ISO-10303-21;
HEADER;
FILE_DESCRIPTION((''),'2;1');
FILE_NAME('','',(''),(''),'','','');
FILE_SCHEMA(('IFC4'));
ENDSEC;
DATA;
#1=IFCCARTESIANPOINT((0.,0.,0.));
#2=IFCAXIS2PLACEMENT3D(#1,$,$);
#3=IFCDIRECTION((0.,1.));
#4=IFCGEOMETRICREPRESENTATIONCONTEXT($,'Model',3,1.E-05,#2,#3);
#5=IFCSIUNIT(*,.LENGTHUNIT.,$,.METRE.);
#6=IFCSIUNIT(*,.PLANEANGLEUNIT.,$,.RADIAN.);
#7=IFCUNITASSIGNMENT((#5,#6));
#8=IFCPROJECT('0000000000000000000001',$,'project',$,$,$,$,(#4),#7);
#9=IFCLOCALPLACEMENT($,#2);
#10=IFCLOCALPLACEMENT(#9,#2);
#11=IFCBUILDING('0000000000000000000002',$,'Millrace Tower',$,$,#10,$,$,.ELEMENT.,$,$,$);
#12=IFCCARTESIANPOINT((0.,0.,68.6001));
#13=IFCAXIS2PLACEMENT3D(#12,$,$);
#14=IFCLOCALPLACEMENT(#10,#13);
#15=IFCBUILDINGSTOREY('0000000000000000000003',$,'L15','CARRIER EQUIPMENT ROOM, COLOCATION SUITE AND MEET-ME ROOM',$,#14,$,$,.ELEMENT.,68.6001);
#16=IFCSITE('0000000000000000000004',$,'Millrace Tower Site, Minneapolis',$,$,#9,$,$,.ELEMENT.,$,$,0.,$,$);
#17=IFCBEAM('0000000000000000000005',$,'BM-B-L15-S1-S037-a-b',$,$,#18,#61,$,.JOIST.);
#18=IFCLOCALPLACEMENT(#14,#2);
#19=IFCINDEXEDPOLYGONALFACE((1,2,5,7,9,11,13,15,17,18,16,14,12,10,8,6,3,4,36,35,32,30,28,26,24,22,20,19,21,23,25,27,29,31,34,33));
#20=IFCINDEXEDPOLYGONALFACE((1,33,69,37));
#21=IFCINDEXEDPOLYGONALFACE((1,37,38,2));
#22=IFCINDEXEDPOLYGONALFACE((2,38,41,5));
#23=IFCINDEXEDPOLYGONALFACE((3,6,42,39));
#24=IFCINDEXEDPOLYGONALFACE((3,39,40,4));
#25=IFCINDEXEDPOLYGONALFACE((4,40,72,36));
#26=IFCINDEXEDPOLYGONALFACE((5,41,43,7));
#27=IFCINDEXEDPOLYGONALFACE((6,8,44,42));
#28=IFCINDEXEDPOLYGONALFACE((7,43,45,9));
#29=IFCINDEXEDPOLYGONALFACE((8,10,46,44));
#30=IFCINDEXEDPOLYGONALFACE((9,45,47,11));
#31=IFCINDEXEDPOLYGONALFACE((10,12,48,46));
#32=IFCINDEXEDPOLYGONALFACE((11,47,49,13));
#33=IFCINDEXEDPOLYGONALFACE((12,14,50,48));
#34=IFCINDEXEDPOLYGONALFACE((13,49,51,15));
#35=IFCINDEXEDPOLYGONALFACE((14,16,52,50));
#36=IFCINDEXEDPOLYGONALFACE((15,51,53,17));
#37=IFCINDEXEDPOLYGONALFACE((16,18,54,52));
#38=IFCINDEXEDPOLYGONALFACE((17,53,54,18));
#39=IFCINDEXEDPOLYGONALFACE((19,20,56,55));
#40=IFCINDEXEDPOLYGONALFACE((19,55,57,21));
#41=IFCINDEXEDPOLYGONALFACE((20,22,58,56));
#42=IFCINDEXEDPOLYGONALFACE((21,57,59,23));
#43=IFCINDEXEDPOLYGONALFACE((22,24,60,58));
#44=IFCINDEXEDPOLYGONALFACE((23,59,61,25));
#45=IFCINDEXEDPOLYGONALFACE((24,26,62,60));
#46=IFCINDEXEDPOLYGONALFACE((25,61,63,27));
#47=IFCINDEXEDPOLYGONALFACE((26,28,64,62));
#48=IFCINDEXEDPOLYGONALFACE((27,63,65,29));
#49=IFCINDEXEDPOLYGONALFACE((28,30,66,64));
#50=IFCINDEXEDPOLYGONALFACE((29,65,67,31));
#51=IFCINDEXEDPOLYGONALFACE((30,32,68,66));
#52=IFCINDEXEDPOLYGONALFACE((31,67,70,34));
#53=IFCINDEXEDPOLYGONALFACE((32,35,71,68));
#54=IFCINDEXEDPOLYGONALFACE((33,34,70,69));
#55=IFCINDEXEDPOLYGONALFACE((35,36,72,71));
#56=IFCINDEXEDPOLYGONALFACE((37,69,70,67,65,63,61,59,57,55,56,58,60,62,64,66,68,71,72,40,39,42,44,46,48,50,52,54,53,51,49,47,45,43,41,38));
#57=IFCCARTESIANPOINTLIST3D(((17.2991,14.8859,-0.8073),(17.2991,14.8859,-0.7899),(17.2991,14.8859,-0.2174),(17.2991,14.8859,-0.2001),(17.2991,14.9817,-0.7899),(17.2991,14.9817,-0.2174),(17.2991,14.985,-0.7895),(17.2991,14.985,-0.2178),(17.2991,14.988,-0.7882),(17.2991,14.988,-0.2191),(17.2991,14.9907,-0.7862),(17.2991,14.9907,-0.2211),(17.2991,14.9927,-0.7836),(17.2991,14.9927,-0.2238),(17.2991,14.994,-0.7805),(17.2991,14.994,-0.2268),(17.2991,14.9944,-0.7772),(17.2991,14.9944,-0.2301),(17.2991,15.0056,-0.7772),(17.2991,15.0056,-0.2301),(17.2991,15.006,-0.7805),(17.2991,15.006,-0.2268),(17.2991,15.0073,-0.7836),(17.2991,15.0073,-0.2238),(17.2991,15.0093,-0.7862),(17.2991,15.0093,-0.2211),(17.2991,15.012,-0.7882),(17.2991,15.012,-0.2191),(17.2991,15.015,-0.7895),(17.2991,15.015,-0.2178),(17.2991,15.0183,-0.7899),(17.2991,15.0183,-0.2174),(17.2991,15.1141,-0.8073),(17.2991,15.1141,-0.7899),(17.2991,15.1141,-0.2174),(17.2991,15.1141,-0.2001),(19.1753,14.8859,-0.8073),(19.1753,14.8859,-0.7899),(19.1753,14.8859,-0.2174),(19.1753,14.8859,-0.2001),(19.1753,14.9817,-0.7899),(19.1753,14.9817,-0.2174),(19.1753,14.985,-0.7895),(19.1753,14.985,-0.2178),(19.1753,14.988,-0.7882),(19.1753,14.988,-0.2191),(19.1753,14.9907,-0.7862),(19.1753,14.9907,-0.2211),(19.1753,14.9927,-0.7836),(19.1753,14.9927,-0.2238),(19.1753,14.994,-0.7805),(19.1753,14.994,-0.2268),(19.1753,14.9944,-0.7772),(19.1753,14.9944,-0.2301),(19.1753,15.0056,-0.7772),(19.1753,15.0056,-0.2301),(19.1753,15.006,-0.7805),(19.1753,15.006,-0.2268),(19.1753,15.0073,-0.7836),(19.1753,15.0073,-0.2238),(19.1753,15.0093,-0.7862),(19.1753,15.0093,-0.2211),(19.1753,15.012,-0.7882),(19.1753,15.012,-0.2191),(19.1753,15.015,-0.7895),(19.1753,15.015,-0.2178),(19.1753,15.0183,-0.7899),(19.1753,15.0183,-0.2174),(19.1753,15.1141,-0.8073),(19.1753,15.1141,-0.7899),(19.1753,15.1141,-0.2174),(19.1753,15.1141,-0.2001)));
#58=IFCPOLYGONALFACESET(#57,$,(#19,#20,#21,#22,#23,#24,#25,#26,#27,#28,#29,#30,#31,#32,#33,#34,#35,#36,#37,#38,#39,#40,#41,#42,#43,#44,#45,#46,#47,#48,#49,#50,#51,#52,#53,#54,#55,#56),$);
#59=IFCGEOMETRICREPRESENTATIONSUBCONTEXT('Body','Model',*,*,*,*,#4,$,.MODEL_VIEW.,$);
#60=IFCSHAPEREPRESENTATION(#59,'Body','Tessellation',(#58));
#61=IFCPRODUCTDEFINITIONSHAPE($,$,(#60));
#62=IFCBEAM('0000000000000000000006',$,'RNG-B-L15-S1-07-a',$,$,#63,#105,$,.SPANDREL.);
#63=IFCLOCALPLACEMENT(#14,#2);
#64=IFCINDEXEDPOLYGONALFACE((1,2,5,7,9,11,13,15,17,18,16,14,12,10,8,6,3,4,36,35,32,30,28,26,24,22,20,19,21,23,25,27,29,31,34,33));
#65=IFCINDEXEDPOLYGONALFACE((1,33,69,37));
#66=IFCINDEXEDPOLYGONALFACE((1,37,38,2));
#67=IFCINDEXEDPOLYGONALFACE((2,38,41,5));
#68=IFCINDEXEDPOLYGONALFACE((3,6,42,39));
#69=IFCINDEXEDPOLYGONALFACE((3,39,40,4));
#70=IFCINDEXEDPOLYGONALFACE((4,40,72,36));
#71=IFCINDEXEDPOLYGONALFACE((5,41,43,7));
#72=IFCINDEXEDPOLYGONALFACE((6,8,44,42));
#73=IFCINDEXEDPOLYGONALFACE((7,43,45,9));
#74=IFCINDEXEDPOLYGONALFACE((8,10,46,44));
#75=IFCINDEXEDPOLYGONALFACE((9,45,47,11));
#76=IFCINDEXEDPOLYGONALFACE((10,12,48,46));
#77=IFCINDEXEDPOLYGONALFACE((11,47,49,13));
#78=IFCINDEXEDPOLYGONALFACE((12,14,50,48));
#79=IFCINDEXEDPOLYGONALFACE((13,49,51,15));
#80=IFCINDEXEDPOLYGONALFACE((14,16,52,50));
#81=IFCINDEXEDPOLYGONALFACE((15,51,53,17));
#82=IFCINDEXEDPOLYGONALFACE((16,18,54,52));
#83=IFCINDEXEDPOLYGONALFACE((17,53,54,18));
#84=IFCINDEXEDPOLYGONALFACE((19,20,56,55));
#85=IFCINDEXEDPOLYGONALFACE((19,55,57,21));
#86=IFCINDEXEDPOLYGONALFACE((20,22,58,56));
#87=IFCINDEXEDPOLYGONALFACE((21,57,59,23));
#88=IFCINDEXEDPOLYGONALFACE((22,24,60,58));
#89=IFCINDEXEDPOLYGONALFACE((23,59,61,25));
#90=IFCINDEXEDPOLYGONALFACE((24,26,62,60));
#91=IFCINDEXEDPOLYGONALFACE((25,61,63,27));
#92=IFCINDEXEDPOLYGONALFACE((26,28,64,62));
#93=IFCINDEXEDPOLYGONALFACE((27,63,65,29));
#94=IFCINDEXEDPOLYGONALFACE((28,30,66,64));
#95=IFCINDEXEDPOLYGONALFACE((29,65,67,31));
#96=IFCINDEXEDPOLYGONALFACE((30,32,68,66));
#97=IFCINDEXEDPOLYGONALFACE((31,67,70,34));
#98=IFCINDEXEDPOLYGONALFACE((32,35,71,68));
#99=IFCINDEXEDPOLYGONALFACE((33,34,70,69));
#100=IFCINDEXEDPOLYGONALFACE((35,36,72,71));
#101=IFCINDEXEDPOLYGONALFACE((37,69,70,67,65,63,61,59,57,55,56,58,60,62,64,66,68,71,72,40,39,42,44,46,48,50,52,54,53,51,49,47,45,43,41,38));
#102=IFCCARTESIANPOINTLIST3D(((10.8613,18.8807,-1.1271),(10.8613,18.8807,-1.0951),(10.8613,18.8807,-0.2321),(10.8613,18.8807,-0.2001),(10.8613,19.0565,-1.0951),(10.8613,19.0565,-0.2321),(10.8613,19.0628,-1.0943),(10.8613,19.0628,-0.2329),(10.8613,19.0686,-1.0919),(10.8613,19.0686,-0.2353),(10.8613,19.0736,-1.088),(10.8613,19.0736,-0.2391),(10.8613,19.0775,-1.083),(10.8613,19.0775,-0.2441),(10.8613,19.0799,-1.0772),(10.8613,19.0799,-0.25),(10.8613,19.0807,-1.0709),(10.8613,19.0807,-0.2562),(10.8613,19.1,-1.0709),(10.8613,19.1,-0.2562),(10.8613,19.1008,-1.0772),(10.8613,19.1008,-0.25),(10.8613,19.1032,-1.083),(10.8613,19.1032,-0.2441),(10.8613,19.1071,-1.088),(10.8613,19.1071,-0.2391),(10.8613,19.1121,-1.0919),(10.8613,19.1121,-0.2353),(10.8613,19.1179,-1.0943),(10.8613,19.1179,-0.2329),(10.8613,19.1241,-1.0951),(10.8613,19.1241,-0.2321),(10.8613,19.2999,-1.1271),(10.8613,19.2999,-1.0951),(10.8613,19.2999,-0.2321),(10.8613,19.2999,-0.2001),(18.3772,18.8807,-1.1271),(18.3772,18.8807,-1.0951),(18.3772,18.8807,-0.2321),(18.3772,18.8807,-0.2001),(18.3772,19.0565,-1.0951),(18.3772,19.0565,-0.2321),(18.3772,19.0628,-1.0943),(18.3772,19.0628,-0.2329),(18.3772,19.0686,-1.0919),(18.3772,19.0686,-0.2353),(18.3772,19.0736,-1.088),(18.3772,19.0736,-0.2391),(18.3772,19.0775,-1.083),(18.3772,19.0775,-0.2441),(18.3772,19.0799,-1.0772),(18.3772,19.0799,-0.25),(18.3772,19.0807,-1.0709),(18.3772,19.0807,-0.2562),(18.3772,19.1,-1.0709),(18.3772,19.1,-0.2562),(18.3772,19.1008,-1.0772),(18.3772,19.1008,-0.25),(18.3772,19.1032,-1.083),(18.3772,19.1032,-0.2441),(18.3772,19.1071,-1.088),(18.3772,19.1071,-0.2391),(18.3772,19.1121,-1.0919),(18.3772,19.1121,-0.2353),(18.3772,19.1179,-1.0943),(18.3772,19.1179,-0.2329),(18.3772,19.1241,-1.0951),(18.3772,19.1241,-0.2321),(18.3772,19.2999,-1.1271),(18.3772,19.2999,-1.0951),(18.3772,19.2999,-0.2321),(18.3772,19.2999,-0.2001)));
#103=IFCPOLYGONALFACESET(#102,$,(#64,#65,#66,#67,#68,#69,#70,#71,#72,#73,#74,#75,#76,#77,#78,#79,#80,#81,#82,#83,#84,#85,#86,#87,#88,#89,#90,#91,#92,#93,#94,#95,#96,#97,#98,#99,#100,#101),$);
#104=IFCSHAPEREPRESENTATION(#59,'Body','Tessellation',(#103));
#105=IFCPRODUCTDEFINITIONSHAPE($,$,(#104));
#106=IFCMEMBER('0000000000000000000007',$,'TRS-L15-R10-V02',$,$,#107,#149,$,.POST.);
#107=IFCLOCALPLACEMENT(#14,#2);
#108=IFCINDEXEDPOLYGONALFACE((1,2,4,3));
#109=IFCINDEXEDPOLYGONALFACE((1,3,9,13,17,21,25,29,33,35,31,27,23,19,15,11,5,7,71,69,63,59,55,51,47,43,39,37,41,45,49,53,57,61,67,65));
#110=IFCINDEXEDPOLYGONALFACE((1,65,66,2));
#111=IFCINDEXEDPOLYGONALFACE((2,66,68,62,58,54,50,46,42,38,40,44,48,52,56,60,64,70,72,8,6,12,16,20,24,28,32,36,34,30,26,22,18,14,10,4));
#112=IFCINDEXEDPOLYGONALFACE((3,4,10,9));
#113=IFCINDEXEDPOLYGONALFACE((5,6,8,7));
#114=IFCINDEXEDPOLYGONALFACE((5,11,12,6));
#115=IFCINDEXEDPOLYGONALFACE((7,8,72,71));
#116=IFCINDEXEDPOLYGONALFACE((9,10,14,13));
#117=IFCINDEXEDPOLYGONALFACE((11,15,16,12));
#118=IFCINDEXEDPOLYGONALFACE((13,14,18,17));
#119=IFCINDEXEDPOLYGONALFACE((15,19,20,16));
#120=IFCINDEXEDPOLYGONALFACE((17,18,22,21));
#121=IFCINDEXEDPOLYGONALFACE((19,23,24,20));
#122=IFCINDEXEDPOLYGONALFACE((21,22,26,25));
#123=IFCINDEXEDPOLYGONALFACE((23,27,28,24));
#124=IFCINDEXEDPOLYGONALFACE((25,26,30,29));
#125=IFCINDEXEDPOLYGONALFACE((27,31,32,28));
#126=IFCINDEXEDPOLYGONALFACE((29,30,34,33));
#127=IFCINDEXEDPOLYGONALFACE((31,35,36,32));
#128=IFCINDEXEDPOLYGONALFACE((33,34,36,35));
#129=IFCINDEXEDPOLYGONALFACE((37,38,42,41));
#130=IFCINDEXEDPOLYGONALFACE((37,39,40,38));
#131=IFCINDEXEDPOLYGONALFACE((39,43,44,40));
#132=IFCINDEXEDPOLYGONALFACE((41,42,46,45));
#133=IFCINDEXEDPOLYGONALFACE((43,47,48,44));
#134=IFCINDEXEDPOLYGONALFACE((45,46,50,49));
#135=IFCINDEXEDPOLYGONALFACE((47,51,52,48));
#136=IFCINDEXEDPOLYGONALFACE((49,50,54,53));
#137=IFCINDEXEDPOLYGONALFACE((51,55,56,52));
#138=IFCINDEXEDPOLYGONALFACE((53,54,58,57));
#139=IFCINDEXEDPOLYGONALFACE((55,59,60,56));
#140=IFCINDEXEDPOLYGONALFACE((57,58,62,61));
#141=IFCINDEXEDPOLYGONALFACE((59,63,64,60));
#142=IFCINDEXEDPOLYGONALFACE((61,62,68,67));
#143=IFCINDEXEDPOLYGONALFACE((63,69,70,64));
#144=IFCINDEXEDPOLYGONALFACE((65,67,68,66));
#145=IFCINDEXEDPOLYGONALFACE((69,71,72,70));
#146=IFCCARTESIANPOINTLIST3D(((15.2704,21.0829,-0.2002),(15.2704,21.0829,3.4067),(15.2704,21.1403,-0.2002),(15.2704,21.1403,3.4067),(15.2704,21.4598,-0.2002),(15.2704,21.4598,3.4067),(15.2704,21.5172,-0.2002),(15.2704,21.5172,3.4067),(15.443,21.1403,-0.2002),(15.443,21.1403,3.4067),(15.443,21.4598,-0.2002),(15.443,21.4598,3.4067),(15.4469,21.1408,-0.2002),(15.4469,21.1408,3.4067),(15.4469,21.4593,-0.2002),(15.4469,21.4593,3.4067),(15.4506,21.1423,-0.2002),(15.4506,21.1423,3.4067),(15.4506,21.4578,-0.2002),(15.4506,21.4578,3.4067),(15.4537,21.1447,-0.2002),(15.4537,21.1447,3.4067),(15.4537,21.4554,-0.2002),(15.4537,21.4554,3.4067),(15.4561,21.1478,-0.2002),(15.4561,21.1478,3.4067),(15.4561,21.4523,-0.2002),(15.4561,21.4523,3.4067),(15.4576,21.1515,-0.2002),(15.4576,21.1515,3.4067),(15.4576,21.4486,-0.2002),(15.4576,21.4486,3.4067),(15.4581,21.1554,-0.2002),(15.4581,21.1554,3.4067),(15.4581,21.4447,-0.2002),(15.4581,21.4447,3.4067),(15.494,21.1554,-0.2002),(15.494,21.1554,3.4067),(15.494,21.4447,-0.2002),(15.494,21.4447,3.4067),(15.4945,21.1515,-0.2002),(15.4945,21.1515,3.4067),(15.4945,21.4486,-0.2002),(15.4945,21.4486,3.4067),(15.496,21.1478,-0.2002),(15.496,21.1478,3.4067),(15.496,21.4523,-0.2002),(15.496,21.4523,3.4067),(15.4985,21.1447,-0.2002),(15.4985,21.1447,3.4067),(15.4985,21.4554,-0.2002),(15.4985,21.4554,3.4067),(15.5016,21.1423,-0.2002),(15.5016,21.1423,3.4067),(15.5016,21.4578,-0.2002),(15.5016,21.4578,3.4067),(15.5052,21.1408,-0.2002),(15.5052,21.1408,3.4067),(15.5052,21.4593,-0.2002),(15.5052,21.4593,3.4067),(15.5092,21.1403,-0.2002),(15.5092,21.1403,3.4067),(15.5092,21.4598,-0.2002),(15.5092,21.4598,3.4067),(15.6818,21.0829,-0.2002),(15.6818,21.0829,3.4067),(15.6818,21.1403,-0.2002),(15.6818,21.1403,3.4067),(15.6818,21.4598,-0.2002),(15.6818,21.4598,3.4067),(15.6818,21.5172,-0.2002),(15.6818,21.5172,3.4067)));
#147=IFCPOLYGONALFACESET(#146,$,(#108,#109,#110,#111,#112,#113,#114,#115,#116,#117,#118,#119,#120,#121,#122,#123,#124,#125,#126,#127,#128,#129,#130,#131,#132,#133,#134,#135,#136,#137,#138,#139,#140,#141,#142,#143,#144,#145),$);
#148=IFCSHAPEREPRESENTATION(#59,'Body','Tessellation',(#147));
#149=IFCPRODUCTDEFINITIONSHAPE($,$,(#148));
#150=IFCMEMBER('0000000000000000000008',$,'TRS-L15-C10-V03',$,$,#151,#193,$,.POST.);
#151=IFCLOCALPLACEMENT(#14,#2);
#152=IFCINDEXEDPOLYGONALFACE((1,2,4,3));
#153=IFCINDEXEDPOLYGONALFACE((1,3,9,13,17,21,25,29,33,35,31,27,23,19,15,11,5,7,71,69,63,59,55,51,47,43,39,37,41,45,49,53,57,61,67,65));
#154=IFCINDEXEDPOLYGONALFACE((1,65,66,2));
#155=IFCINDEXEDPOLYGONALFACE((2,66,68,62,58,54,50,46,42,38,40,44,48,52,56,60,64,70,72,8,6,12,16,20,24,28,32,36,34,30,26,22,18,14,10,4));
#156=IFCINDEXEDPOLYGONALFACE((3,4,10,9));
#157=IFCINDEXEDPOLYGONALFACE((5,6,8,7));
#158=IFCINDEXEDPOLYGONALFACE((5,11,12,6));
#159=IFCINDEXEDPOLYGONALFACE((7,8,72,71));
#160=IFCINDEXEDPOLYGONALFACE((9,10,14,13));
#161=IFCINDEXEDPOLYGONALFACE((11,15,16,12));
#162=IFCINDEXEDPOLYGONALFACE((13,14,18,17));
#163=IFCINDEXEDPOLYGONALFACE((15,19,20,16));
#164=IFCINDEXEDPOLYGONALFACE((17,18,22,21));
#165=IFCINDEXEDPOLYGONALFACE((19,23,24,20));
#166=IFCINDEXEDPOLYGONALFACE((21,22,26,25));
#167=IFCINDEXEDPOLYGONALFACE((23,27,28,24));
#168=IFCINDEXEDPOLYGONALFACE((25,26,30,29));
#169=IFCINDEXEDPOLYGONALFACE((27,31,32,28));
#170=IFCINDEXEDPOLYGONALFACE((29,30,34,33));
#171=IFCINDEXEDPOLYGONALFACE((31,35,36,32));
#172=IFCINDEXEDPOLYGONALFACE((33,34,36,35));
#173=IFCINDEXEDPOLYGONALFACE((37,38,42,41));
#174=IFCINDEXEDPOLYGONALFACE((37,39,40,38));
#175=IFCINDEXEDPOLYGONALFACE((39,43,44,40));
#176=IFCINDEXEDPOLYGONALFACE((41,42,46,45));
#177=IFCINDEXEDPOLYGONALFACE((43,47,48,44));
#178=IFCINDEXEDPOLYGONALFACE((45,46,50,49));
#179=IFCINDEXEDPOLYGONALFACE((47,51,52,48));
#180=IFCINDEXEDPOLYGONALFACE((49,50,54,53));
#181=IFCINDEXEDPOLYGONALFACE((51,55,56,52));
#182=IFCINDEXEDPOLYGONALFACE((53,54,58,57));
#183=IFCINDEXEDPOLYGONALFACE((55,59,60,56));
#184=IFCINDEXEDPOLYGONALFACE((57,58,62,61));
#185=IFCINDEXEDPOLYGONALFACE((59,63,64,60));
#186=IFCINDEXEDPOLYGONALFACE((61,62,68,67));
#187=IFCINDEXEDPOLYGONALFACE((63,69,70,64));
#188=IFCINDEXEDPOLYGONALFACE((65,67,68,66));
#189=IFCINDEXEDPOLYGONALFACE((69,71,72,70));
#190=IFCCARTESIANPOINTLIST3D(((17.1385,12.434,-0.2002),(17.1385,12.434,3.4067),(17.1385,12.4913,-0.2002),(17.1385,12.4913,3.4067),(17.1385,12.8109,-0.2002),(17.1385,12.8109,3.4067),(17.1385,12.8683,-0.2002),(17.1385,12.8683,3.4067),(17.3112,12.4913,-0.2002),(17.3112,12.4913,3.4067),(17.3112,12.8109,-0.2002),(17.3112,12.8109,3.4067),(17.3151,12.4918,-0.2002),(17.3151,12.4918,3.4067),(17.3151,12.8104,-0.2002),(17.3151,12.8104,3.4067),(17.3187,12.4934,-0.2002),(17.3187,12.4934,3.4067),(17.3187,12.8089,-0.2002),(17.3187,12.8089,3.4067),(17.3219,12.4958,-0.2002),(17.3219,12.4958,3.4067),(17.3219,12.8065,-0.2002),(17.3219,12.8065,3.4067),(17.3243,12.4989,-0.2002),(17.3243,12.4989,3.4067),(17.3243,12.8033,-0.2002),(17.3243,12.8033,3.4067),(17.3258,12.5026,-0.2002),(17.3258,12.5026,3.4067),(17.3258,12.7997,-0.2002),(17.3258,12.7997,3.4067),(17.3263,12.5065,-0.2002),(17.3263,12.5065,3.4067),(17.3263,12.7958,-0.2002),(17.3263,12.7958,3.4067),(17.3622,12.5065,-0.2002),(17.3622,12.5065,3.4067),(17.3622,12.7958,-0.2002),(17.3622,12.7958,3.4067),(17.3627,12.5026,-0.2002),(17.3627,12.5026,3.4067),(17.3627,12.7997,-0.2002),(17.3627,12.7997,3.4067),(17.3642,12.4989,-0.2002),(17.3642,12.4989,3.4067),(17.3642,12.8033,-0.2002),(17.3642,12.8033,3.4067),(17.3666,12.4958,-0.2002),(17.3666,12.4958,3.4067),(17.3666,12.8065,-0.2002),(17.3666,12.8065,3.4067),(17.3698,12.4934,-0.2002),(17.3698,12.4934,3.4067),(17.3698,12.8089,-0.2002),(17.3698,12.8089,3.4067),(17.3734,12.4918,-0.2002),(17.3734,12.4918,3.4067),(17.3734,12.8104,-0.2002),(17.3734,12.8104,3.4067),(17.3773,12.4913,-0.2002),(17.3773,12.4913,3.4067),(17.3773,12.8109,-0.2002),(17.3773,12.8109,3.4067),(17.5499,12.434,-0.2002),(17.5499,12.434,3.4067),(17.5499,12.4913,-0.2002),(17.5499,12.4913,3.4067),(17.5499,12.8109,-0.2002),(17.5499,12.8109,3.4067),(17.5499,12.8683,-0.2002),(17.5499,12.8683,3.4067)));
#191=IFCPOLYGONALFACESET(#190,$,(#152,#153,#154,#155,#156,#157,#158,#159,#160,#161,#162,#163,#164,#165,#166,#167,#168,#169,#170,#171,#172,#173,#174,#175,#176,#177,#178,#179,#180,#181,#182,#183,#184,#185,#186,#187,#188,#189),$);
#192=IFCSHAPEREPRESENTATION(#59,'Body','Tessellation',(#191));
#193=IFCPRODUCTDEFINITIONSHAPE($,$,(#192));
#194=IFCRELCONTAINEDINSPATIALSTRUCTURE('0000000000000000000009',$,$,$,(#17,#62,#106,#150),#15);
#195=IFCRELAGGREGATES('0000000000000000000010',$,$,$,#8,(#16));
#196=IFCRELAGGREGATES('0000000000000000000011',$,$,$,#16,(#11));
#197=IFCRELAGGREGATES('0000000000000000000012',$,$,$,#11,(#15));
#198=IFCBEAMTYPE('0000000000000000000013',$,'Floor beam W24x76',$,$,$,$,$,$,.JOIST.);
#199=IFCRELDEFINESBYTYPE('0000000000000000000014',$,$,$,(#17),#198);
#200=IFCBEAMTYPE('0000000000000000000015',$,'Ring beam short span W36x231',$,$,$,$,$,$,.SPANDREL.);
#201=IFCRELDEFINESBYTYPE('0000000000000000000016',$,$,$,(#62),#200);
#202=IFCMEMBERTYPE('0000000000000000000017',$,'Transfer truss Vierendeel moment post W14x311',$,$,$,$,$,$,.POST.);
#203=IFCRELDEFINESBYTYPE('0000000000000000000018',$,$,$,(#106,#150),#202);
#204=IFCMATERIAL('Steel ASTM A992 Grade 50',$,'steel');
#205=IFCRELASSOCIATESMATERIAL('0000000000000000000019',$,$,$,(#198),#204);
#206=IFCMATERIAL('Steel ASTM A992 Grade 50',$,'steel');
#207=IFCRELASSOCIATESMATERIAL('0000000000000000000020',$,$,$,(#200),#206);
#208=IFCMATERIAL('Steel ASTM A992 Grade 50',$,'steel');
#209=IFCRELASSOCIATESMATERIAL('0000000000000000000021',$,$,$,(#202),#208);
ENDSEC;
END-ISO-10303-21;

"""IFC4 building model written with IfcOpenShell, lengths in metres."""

from ifc_helpers import new_model, si_unit, direction, frame, origin, origin_2d, place, context, subcontext, project, spatial, i_section, extrude, material, material_profile, profile_set, type_object, element, save


model = new_model("IFC4")

# Units and contexts
model_context = context("Model", 3, precision=1e-05, world=origin(), true_north=direction((0.0, 1.0)))
body_context = subcontext(model_context, "Body", "Model", "MODEL_VIEW")
ifc_project = project(units=[si_unit("LENGTHUNIT", "METRE"), si_unit("PLANEANGLEUNIT", "RADIAN")], contexts=[model_context])

# Site, building, storey
site_placement = place(None, origin())
site = spatial("IfcSite", under=ifc_project, at=site_placement, Name="Millrace Tower Site, Minneapolis", CompositionType="ELEMENT", RefElevation=0.0)
building_placement = place(site_placement, origin())
building = spatial("IfcBuilding", under=site, at=building_placement, Name="Millrace Tower", CompositionType="ELEMENT")
storey_placement = place(building_placement, frame((0.0, 0.0, 68.6001)))
storey = spatial("IfcBuildingStorey", under=building, at=storey_placement, Name="L15", Description="CARRIER EQUIPMENT ROOM, COLOCATION SUITE AND MEET-ME ROOM", CompositionType="ELEMENT", Elevation=68.6001)

# Beams
ifc_material_1 = material(Name="Steel ASTM A992 Grade 50", Category="steel")
ifc_material_profile_1 = material_profile(ifc_material_1, i_section(OverallWidth=0.2283, OverallDepth=0.6072, WebThickness=0.0112, FlangeThickness=0.0173, FilletRadius=0.0127, at=origin_2d()))
ifc_profile_set_1 = profile_set([ifc_material_profile_1], Name="Steel ASTM A992 Grade 50")
beam_type_1 = type_object("IfcBeamType", Name="Floor beam W24x76", PredefinedType="JOIST", material=ifc_profile_set_1)
beam_1_placement = place(storey_placement, frame((17.2991, 15.0, -0.5037), z_axis=(1.0, 0.0, 0.0), x_axis=(0.0, 1.0, 0.0)))
element("IfcBeam", 1, at=beam_1_placement, inside=storey, type_object=beam_type_1, Name="BM-B-L15-S1-S037-a-b", PredefinedType="JOIST", context=body_context, shape_type="SweptSolid", body=[
    extrude(i_section(OverallWidth=0.2283, OverallDepth=0.6072, WebThickness=0.0112, FlangeThickness=0.0173, FilletRadius=0.0127, at=origin_2d()), origin(), (0.0, 0.0, 1.0), 1.8762),
])
ifc_material_2 = material(Name="Steel ASTM A992 Grade 50", Category="steel")
ifc_material_profile_2 = material_profile(ifc_material_2, i_section(OverallWidth=0.4192, OverallDepth=0.927, WebThickness=0.0193, FlangeThickness=0.032, FilletRadius=0.0242, at=origin_2d()))
ifc_profile_set_2 = profile_set([ifc_material_profile_2], Name="Steel ASTM A992 Grade 50")
beam_type_2 = type_object("IfcBeamType", Name="Ring beam short span W36x231", PredefinedType="SPANDREL", material=ifc_profile_set_2)
beam_2_placement = place(storey_placement, frame((10.8613, 19.0903, -0.6636), z_axis=(1.0, 0.0, 0.0), x_axis=(0.0, 1.0, 0.0)))
element("IfcBeam", 2, at=beam_2_placement, inside=storey, type_object=beam_type_2, Name="RNG-B-L15-S1-07-a", PredefinedType="SPANDREL", context=body_context, shape_type="SweptSolid", body=[
    extrude(i_section(OverallWidth=0.4192, OverallDepth=0.927, WebThickness=0.0193, FlangeThickness=0.032, FilletRadius=0.0242, at=origin_2d()), origin(), (0.0, 0.0, 1.0), 7.5159),
])

# Members
ifc_material_3 = material(Name="Steel ASTM A992 Grade 50", Category="steel")
ifc_material_profile_3 = material_profile(ifc_material_3, i_section(OverallWidth=0.4114, OverallDepth=0.4343, WebThickness=0.0359, FlangeThickness=0.0574, FilletRadius=0.0151, at=origin_2d()))
ifc_profile_set_3 = profile_set([ifc_material_profile_3], Name="Steel ASTM A992 Grade 50")
member_type_1 = type_object("IfcMemberType", Name="Transfer truss Vierendeel moment post W14x311", PredefinedType="POST", material=ifc_profile_set_3)
for number, where, z_axis, x_axis, name in (
    (3, (15.4761, 21.3, -0.2002), (0.0, 0.0, 1.0), (1.0, 0.0, 0.0), "TRS-L15-R10-V02"),
    (4, (17.3442, 12.6511, -0.2002), (0.0, 0.0, 1.0), (1.0, 0.0, 0.0), "TRS-L15-C10-V03"),
):
    element("IfcMember", number, at=place(storey_placement, frame(where, z_axis=z_axis, x_axis=x_axis)), inside=storey, type_object=member_type_1, Name=name, PredefinedType="POST", context=body_context, shape_type="SweptSolid", body=[
        extrude(i_section(OverallWidth=0.4114, OverallDepth=0.4343, WebThickness=0.0359, FlangeThickness=0.0574, FilletRadius=0.0151, at=origin_2d()), origin(), (0.0, 0.0, 1.0), 3.6069),
    ])

save(model, "model.ifc")
